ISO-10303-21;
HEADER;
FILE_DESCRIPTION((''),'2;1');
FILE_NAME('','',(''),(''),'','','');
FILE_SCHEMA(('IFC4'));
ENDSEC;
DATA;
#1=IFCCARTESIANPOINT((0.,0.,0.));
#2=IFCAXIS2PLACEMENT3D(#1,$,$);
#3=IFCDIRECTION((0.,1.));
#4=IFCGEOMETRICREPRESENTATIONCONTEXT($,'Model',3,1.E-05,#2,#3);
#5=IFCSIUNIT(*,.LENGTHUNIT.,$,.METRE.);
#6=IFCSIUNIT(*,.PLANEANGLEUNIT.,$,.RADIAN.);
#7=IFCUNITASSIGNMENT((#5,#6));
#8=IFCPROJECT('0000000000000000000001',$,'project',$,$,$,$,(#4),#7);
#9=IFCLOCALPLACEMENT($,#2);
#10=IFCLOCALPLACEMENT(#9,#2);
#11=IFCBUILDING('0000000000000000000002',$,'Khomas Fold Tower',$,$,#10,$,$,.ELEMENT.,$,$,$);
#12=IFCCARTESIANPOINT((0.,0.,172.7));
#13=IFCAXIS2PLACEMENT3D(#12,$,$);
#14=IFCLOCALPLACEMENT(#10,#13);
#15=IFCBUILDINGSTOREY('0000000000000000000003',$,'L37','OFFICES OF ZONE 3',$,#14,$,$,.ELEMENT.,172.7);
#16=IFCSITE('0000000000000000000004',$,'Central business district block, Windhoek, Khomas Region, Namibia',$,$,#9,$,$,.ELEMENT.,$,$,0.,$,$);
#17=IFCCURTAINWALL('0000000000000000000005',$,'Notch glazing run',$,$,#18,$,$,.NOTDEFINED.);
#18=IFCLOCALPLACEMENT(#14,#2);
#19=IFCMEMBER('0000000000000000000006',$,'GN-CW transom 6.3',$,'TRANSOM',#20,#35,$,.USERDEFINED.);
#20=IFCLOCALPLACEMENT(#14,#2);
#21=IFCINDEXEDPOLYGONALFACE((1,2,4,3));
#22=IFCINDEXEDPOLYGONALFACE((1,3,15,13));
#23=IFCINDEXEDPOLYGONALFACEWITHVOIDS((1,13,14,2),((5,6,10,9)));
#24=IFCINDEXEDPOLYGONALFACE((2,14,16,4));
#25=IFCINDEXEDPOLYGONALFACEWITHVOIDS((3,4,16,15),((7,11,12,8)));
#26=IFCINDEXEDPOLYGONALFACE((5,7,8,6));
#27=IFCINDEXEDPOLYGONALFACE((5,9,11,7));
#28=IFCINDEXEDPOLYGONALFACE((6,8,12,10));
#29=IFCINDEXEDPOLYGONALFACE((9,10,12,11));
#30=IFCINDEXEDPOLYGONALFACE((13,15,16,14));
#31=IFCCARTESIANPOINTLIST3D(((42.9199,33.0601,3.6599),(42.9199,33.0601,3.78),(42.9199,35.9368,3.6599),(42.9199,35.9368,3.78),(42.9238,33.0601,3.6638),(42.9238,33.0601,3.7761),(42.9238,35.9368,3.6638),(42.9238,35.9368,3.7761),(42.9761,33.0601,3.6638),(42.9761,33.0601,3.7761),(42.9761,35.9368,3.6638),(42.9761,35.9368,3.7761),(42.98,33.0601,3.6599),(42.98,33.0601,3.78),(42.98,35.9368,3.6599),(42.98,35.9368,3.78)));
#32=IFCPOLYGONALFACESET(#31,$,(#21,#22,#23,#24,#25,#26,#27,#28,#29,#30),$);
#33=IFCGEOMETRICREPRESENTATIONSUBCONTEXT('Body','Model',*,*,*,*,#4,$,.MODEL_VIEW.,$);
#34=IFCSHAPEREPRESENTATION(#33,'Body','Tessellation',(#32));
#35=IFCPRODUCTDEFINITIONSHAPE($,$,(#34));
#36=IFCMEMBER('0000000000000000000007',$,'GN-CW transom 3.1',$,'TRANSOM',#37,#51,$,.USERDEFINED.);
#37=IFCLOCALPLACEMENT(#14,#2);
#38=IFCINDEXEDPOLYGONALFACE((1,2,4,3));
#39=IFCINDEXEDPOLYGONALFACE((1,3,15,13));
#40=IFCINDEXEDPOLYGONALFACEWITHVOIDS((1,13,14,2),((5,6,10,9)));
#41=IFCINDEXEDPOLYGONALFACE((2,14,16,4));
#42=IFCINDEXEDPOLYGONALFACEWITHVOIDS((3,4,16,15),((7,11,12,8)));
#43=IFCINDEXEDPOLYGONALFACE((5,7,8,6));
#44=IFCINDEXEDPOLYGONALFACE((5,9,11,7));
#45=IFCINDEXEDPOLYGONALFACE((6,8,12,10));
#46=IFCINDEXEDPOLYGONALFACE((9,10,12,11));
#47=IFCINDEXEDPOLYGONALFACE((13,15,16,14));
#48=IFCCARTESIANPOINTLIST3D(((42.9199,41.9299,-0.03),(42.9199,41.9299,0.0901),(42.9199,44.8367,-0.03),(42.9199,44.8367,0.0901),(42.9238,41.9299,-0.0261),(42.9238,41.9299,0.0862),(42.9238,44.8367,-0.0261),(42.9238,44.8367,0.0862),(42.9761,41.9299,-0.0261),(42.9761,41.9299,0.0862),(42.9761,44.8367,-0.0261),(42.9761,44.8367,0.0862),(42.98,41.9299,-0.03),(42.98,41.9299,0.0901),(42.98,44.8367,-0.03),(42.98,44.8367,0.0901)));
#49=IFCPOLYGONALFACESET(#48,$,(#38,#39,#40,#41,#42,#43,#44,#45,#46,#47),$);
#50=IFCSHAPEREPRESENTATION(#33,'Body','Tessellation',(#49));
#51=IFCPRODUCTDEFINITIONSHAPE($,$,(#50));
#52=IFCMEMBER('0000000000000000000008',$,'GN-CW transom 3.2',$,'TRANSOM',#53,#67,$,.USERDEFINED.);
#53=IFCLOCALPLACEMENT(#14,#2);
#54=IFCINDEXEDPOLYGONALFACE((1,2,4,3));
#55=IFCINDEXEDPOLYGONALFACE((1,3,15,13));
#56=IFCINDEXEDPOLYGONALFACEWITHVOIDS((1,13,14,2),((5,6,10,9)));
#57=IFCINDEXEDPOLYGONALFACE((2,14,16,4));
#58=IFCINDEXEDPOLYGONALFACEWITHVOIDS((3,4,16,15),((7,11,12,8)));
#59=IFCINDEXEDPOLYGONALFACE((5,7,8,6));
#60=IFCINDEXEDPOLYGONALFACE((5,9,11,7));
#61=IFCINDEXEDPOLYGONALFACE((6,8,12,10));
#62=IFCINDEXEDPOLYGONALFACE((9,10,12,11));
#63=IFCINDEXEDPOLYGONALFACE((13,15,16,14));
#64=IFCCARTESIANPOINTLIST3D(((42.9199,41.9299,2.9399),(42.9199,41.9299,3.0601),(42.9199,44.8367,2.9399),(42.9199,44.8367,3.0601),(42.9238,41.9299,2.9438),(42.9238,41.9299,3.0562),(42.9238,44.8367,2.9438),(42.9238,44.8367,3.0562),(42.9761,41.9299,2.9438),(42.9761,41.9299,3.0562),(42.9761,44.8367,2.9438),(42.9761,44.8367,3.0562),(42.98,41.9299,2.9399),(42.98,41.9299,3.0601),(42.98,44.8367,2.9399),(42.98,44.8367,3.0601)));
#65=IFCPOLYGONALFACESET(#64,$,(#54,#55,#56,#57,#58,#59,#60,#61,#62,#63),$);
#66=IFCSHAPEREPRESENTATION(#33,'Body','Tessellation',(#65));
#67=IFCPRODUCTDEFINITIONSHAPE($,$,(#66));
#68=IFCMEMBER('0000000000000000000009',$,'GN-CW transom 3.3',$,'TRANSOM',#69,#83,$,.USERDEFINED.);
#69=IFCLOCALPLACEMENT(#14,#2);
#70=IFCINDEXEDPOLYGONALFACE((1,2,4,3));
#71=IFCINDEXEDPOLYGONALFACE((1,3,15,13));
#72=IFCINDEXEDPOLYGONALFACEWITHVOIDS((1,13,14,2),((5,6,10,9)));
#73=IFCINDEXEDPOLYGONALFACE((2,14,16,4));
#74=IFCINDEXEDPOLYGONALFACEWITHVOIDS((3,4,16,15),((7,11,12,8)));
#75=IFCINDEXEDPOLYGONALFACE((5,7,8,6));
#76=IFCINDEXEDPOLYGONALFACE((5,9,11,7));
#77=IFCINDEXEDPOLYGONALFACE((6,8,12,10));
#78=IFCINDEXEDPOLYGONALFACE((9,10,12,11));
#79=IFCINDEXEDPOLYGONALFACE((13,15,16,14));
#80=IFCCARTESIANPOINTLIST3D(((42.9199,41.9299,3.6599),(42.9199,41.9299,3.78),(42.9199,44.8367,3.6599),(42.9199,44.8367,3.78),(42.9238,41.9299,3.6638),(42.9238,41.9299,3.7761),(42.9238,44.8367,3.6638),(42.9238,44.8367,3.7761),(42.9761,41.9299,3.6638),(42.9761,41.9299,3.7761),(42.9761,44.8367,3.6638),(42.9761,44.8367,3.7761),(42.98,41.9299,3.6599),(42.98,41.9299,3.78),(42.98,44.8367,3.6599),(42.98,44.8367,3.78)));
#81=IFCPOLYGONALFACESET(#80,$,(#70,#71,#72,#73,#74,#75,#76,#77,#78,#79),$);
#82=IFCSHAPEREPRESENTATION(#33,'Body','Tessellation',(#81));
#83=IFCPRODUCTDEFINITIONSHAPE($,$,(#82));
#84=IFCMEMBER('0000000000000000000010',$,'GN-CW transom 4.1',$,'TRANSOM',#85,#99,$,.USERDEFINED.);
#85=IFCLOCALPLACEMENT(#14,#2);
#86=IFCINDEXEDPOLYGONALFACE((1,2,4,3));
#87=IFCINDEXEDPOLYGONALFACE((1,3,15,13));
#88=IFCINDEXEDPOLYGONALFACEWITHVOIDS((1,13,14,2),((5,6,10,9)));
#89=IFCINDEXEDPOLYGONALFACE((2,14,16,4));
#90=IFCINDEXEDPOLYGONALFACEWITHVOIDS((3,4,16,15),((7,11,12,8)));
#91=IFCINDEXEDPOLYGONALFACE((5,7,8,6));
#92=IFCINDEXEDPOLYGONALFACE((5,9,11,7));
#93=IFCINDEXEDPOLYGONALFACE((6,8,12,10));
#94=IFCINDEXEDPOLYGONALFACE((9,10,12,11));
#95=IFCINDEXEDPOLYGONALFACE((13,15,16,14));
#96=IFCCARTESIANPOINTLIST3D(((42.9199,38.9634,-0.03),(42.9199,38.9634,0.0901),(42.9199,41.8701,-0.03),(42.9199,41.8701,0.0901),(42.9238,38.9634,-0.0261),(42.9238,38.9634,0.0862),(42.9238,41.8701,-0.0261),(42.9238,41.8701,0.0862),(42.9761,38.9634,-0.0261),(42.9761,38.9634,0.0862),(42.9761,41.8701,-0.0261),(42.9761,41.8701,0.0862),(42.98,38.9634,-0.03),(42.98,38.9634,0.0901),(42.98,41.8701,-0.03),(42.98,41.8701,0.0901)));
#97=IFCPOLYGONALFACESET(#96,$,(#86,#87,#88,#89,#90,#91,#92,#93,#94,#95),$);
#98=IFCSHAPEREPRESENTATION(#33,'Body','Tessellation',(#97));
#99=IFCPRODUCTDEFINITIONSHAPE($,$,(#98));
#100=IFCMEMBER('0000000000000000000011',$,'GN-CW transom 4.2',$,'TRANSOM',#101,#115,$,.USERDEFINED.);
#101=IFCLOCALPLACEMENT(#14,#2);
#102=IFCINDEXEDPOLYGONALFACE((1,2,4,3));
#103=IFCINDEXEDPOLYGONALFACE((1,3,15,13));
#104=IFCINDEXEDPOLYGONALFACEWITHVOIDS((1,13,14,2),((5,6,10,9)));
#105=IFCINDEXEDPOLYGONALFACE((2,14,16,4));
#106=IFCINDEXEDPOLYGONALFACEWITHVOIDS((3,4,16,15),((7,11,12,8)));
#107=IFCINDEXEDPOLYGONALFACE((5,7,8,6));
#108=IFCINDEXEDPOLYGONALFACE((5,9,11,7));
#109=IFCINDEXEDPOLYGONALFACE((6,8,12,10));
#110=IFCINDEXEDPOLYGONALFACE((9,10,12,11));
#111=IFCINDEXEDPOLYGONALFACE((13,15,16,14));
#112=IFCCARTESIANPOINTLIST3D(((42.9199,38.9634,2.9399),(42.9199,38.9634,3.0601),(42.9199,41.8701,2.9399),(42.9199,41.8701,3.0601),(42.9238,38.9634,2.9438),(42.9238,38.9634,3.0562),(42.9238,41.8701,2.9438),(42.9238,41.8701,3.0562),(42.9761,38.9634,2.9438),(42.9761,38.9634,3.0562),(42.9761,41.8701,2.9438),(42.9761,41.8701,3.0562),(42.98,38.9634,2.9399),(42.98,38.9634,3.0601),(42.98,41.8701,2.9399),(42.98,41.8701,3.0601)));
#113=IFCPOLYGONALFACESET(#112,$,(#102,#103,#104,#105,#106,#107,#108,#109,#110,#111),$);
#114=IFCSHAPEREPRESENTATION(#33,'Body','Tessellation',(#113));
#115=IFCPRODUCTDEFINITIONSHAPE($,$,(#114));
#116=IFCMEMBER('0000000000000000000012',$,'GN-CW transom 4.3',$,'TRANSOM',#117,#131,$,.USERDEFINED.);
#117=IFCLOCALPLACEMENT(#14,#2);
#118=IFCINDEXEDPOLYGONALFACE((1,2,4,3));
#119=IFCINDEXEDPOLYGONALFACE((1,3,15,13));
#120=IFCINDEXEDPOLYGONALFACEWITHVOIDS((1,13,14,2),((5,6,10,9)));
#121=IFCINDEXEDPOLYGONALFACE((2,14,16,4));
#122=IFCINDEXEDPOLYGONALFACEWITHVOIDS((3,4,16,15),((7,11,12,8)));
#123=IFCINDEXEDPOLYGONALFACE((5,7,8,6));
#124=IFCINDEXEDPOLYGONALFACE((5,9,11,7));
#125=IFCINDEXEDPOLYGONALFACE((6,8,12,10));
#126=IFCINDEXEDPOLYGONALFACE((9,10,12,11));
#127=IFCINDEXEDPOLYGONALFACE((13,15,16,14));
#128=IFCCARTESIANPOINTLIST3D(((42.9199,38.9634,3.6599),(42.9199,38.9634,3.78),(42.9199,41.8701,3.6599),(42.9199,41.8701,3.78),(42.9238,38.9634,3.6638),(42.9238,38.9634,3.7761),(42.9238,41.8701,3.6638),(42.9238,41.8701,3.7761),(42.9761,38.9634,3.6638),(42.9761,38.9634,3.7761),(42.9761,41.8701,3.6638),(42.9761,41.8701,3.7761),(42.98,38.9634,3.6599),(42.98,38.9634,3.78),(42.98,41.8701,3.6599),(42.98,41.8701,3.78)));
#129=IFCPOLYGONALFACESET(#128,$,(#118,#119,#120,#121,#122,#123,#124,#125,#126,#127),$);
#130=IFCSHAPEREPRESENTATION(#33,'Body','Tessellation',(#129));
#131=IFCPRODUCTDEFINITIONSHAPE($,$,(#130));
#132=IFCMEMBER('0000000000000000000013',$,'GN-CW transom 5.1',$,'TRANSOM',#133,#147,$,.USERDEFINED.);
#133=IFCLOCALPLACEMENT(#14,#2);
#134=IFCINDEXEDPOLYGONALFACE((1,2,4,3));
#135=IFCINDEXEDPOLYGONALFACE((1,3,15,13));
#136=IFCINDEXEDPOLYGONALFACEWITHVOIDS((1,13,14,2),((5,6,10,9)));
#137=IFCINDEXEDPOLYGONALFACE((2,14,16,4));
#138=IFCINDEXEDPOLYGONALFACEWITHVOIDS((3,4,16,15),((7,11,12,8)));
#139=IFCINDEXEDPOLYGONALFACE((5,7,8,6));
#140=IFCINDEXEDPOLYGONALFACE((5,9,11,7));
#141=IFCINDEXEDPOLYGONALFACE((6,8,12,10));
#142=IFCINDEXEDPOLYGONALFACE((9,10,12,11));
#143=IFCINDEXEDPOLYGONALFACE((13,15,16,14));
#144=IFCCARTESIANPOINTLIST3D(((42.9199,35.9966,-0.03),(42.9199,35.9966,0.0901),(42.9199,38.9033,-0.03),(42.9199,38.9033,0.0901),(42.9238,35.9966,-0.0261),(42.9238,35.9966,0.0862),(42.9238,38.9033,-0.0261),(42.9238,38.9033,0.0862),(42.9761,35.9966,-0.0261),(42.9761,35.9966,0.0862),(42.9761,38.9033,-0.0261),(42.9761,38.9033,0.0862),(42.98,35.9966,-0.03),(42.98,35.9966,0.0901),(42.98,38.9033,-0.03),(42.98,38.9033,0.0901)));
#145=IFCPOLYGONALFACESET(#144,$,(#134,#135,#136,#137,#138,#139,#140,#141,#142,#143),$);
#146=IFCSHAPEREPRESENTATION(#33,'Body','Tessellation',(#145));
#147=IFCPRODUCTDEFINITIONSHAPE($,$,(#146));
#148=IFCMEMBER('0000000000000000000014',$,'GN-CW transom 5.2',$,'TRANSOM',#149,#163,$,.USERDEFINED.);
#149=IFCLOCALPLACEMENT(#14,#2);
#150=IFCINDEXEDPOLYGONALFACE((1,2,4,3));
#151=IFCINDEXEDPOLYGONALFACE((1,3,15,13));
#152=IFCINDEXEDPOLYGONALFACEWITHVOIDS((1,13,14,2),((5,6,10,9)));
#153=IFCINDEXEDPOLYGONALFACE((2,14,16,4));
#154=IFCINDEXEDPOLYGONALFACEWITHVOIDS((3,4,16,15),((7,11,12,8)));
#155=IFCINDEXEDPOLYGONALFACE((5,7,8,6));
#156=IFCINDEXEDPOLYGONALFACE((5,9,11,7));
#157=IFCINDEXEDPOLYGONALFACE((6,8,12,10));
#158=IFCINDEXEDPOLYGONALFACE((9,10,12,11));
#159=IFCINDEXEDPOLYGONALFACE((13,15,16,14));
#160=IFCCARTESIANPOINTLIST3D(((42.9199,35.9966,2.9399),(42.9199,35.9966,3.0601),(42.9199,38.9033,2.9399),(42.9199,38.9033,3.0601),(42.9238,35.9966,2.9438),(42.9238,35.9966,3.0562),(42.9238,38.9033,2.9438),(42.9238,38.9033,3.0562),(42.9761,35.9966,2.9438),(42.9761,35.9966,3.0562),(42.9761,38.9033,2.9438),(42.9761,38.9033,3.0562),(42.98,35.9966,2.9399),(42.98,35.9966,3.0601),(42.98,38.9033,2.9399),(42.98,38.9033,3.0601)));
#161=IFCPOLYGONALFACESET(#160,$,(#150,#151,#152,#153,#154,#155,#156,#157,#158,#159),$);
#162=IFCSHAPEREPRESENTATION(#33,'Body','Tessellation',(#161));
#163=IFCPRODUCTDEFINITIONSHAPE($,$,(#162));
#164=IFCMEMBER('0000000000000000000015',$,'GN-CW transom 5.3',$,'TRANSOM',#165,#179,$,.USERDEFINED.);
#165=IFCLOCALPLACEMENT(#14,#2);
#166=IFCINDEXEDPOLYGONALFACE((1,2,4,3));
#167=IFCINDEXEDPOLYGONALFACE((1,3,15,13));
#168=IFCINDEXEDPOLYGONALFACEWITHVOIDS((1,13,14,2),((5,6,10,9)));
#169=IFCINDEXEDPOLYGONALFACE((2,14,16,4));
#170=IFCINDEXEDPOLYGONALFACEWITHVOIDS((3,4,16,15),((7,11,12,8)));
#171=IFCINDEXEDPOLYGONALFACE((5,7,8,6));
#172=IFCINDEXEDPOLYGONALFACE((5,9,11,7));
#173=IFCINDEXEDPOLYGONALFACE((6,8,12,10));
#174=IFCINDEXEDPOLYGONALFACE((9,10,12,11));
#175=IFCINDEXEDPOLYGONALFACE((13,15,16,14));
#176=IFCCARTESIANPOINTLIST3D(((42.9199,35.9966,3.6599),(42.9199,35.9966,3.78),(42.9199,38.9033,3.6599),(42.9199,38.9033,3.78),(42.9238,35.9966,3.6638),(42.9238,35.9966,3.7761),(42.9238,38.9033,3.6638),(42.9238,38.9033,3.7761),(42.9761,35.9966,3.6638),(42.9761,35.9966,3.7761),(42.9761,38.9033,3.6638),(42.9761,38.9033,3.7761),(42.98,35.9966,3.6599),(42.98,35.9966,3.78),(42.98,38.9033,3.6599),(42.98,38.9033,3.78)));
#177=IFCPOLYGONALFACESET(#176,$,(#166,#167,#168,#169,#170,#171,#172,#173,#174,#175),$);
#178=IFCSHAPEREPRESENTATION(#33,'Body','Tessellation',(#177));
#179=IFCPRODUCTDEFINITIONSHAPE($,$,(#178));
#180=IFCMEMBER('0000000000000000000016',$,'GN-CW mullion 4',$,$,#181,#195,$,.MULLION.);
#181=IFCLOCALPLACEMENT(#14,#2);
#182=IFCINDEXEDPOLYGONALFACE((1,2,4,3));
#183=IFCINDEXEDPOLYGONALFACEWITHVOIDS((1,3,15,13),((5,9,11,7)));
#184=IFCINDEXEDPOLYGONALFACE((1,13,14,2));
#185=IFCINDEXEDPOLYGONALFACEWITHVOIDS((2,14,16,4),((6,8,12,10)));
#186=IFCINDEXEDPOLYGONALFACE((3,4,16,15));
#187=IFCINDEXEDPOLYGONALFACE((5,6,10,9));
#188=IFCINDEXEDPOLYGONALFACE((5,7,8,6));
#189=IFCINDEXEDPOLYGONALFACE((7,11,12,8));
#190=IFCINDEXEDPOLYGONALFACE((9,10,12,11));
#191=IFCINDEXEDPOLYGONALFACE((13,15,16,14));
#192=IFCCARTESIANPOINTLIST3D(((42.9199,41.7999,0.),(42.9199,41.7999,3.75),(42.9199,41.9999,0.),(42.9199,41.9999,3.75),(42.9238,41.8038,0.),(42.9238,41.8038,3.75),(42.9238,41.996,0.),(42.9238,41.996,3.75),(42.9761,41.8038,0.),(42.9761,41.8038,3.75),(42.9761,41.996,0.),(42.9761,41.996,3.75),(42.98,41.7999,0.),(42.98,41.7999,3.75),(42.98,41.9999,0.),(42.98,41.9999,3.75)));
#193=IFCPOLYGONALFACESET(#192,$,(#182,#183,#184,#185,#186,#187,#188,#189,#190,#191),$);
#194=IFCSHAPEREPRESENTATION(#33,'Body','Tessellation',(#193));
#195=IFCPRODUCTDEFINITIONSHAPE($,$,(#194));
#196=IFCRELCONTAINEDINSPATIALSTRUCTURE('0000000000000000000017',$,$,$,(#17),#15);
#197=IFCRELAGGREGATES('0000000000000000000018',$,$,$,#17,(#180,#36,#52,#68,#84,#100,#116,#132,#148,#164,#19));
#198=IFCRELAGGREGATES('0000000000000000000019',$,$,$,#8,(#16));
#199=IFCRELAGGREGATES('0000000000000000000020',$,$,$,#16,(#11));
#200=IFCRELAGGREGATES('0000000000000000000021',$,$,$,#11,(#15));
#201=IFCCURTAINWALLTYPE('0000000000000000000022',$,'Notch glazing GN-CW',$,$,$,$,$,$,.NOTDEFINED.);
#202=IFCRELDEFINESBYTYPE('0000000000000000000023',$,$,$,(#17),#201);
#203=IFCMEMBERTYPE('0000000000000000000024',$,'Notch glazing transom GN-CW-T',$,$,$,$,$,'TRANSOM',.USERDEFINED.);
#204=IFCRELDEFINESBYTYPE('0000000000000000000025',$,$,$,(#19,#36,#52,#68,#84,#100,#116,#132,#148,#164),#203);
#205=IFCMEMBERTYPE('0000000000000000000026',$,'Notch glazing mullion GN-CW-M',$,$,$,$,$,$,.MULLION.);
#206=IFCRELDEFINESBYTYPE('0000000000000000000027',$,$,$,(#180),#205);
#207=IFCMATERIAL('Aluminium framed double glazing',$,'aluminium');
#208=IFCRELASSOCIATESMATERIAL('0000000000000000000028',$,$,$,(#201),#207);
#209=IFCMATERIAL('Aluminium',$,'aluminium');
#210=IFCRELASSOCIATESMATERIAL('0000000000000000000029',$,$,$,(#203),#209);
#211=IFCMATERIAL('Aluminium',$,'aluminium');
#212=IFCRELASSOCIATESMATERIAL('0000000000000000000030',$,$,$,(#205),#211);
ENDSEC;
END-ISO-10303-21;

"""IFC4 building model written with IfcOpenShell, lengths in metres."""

from ifc_helpers import new_model, si_unit, direction, frame, origin, origin_2d, place, context, subcontext, project, spatial, hollow_rectangle, extrude, source, transform, mapped, material, material_profile, profile_set, type_object, element, aggregate, save


model = new_model("IFC4")

# Units and contexts
model_context = context("Model", 3, precision=1e-05, world=origin(), true_north=direction((0.0, 1.0)))
body_context = subcontext(model_context, "Body", "Model", "MODEL_VIEW")
ifc_project = project(units=[si_unit("LENGTHUNIT", "METRE"), si_unit("PLANEANGLEUNIT", "RADIAN")], contexts=[model_context])

# Site, building, storey
site_placement = place(None, origin())
site = spatial("IfcSite", under=ifc_project, at=site_placement, Name="Central business district block, Windhoek, Khomas Region, Namibia", CompositionType="ELEMENT", RefElevation=0.0)
building_placement = place(site_placement, origin())
building = spatial("IfcBuilding", under=site, at=building_placement, Name="Khomas Fold Tower", CompositionType="ELEMENT")
storey_placement = place(building_placement, frame((0.0, 0.0, 172.7)))
storey = spatial("IfcBuildingStorey", under=building, at=storey_placement, Name="L37", Description="OFFICES OF ZONE 3", CompositionType="ELEMENT", Elevation=172.7)

# Curtain wall, members
ifc_material_1 = material(Name="Aluminium framed double glazing", Category="aluminium")
curtain_wall_type_1 = type_object("IfcCurtainWallType", Name="Notch glazing GN-CW", PredefinedType="NOTDEFINED", material=ifc_material_1)
curtain_wall_1_placement = place(storey_placement, origin())
curtain_wall_1 = element("IfcCurtainWall", 1, at=curtain_wall_1_placement, inside=storey, type_object=curtain_wall_type_1, Name="Notch glazing run", PredefinedType="NOTDEFINED")
ifc_material_2 = material(Name="Aluminium", Category="aluminium")
ifc_material_profile_1 = material_profile(ifc_material_2, hollow_rectangle(XDim=0.0601, YDim=0.1201, WallThickness=0.0039, at=origin_2d()), Name="Notch glazing transom GN-CW-T")
ifc_profile_set_1 = profile_set([ifc_material_profile_1], Name="Aluminium")
member_type_1 = type_object("IfcMemberType", Name="Notch glazing transom GN-CW-T", ElementType="TRANSOM", PredefinedType="USERDEFINED", material=ifc_profile_set_1)
shared_shape_1 = source(origin(), body_context, "Body", "SweptSolid", [
    extrude(hollow_rectangle(XDim=0.0601, YDim=0.1201, WallThickness=0.0039, at=origin_2d()), origin(), (0.0, 0.0, 1.0), 2.8767),
])
member_1_placement = place(storey_placement, frame((42.95, 35.9368, 3.72), z_axis=(0.0, -1.0, 0.0), x_axis=(1.0, 0.0, 0.0)))
member_1 = element("IfcMember", 2, at=member_1_placement, type_object=member_type_1, Name="GN-CW transom 6.3", ObjectType="TRANSOM", PredefinedType="USERDEFINED", context=body_context, shape_type="MappedRepresentation", body=[
    mapped(shared_shape_1, transform((0.0, 0.0, 0.0))),
])
shared_shape_2 = source(origin(), body_context, "Body", "SweptSolid", [
    extrude(hollow_rectangle(XDim=0.0601, YDim=0.1201, WallThickness=0.0039, at=origin_2d()), origin(), (0.0, 0.0, 1.0), 2.9067),
])
member_2_placement = place(storey_placement, frame((42.95, 44.8367, 0.03), z_axis=(0.0, -1.0, 0.0), x_axis=(1.0, 0.0, 0.0)))
member_2 = element("IfcMember", 3, at=member_2_placement, type_object=member_type_1, Name="GN-CW transom 3.1", ObjectType="TRANSOM", PredefinedType="USERDEFINED", context=body_context, shape_type="MappedRepresentation", body=[
    mapped(shared_shape_2, transform((0.0, 0.0, 0.0))),
])
member_3_placement = place(storey_placement, frame((42.95, 44.8367, 3.0), z_axis=(0.0, -1.0, 0.0), x_axis=(1.0, 0.0, 0.0)))
member_3 = element("IfcMember", 4, at=member_3_placement, type_object=member_type_1, Name="GN-CW transom 3.2", ObjectType="TRANSOM", PredefinedType="USERDEFINED", context=body_context, shape_type="MappedRepresentation", body=[
    mapped(shared_shape_2, transform((0.0, 0.0, 0.0))),
])
member_4_placement = place(storey_placement, frame((42.95, 44.8367, 3.72), z_axis=(0.0, -1.0, 0.0), x_axis=(1.0, 0.0, 0.0)))
member_4 = element("IfcMember", 5, at=member_4_placement, type_object=member_type_1, Name="GN-CW transom 3.3", ObjectType="TRANSOM", PredefinedType="USERDEFINED", context=body_context, shape_type="MappedRepresentation", body=[
    mapped(shared_shape_2, transform((0.0, 0.0, 0.0))),
])
member_5_placement = place(storey_placement, frame((42.95, 41.8701, 0.03), z_axis=(0.0, -1.0, 0.0), x_axis=(1.0, 0.0, 0.0)))
member_5 = element("IfcMember", 6, at=member_5_placement, type_object=member_type_1, Name="GN-CW transom 4.1", ObjectType="TRANSOM", PredefinedType="USERDEFINED", context=body_context, shape_type="MappedRepresentation", body=[
    mapped(shared_shape_2, transform((0.0, 0.0, 0.0))),
])
member_6_placement = place(storey_placement, frame((42.95, 41.8701, 3.0), z_axis=(0.0, -1.0, 0.0), x_axis=(1.0, 0.0, 0.0)))
member_6 = element("IfcMember", 7, at=member_6_placement, type_object=member_type_1, Name="GN-CW transom 4.2", ObjectType="TRANSOM", PredefinedType="USERDEFINED", context=body_context, shape_type="MappedRepresentation", body=[
    mapped(shared_shape_2, transform((0.0, 0.0, 0.0))),
])
member_7_placement = place(storey_placement, frame((42.95, 41.8701, 3.72), z_axis=(0.0, -1.0, 0.0), x_axis=(1.0, 0.0, 0.0)))
member_7 = element("IfcMember", 8, at=member_7_placement, type_object=member_type_1, Name="GN-CW transom 4.3", ObjectType="TRANSOM", PredefinedType="USERDEFINED", context=body_context, shape_type="MappedRepresentation", body=[
    mapped(shared_shape_2, transform((0.0, 0.0, 0.0))),
])
member_8_placement = place(storey_placement, frame((42.95, 38.9033, 0.03), z_axis=(0.0, -1.0, 0.0), x_axis=(1.0, 0.0, 0.0)))
member_8 = element("IfcMember", 9, at=member_8_placement, type_object=member_type_1, Name="GN-CW transom 5.1", ObjectType="TRANSOM", PredefinedType="USERDEFINED", context=body_context, shape_type="MappedRepresentation", body=[
    mapped(shared_shape_2, transform((0.0, 0.0, 0.0))),
])
member_9_placement = place(storey_placement, frame((42.95, 38.9033, 3.0), z_axis=(0.0, -1.0, 0.0), x_axis=(1.0, 0.0, 0.0)))
member_9 = element("IfcMember", 10, at=member_9_placement, type_object=member_type_1, Name="GN-CW transom 5.2", ObjectType="TRANSOM", PredefinedType="USERDEFINED", context=body_context, shape_type="MappedRepresentation", body=[
    mapped(shared_shape_2, transform((0.0, 0.0, 0.0))),
])
member_10_placement = place(storey_placement, frame((42.95, 38.9033, 3.72), z_axis=(0.0, -1.0, 0.0), x_axis=(1.0, 0.0, 0.0)))
member_10 = element("IfcMember", 11, at=member_10_placement, type_object=member_type_1, Name="GN-CW transom 5.3", ObjectType="TRANSOM", PredefinedType="USERDEFINED", context=body_context, shape_type="MappedRepresentation", body=[
    mapped(shared_shape_2, transform((0.0, 0.0, 0.0))),
])
ifc_material_3 = material(Name="Aluminium", Category="aluminium")
ifc_material_profile_2 = material_profile(ifc_material_3, hollow_rectangle(XDim=0.0601, YDim=0.2, WallThickness=0.0039, at=origin_2d()), Name="Notch glazing mullion GN-CW-M")
ifc_profile_set_2 = profile_set([ifc_material_profile_2], Name="Aluminium")
member_type_2 = type_object("IfcMemberType", Name="Notch glazing mullion GN-CW-M", PredefinedType="MULLION", material=ifc_profile_set_2)
shared_shape_3 = source(origin(), body_context, "Body", "SweptSolid", [
    extrude(hollow_rectangle(XDim=0.0601, YDim=0.2, WallThickness=0.0039, at=origin_2d()), origin(), (0.0, 0.0, 1.0), 3.75),
])
member_11_placement = place(storey_placement, frame((42.95, 41.8999, 0.0), z_axis=(0.0, 0.0, 1.0), x_axis=(1.0, 0.0, 0.0)))
member_11 = element("IfcMember", 12, at=member_11_placement, type_object=member_type_2, Name="GN-CW mullion 4", PredefinedType="MULLION", context=body_context, shape_type="MappedRepresentation", body=[
    mapped(shared_shape_3, transform((0.0, 0.0, 0.0))),
])

aggregate(curtain_wall_1, [member_11, member_2, member_3, member_4, member_5, member_6, member_7, member_8, member_9, member_10, member_1])

save(model, "model.ifc")
